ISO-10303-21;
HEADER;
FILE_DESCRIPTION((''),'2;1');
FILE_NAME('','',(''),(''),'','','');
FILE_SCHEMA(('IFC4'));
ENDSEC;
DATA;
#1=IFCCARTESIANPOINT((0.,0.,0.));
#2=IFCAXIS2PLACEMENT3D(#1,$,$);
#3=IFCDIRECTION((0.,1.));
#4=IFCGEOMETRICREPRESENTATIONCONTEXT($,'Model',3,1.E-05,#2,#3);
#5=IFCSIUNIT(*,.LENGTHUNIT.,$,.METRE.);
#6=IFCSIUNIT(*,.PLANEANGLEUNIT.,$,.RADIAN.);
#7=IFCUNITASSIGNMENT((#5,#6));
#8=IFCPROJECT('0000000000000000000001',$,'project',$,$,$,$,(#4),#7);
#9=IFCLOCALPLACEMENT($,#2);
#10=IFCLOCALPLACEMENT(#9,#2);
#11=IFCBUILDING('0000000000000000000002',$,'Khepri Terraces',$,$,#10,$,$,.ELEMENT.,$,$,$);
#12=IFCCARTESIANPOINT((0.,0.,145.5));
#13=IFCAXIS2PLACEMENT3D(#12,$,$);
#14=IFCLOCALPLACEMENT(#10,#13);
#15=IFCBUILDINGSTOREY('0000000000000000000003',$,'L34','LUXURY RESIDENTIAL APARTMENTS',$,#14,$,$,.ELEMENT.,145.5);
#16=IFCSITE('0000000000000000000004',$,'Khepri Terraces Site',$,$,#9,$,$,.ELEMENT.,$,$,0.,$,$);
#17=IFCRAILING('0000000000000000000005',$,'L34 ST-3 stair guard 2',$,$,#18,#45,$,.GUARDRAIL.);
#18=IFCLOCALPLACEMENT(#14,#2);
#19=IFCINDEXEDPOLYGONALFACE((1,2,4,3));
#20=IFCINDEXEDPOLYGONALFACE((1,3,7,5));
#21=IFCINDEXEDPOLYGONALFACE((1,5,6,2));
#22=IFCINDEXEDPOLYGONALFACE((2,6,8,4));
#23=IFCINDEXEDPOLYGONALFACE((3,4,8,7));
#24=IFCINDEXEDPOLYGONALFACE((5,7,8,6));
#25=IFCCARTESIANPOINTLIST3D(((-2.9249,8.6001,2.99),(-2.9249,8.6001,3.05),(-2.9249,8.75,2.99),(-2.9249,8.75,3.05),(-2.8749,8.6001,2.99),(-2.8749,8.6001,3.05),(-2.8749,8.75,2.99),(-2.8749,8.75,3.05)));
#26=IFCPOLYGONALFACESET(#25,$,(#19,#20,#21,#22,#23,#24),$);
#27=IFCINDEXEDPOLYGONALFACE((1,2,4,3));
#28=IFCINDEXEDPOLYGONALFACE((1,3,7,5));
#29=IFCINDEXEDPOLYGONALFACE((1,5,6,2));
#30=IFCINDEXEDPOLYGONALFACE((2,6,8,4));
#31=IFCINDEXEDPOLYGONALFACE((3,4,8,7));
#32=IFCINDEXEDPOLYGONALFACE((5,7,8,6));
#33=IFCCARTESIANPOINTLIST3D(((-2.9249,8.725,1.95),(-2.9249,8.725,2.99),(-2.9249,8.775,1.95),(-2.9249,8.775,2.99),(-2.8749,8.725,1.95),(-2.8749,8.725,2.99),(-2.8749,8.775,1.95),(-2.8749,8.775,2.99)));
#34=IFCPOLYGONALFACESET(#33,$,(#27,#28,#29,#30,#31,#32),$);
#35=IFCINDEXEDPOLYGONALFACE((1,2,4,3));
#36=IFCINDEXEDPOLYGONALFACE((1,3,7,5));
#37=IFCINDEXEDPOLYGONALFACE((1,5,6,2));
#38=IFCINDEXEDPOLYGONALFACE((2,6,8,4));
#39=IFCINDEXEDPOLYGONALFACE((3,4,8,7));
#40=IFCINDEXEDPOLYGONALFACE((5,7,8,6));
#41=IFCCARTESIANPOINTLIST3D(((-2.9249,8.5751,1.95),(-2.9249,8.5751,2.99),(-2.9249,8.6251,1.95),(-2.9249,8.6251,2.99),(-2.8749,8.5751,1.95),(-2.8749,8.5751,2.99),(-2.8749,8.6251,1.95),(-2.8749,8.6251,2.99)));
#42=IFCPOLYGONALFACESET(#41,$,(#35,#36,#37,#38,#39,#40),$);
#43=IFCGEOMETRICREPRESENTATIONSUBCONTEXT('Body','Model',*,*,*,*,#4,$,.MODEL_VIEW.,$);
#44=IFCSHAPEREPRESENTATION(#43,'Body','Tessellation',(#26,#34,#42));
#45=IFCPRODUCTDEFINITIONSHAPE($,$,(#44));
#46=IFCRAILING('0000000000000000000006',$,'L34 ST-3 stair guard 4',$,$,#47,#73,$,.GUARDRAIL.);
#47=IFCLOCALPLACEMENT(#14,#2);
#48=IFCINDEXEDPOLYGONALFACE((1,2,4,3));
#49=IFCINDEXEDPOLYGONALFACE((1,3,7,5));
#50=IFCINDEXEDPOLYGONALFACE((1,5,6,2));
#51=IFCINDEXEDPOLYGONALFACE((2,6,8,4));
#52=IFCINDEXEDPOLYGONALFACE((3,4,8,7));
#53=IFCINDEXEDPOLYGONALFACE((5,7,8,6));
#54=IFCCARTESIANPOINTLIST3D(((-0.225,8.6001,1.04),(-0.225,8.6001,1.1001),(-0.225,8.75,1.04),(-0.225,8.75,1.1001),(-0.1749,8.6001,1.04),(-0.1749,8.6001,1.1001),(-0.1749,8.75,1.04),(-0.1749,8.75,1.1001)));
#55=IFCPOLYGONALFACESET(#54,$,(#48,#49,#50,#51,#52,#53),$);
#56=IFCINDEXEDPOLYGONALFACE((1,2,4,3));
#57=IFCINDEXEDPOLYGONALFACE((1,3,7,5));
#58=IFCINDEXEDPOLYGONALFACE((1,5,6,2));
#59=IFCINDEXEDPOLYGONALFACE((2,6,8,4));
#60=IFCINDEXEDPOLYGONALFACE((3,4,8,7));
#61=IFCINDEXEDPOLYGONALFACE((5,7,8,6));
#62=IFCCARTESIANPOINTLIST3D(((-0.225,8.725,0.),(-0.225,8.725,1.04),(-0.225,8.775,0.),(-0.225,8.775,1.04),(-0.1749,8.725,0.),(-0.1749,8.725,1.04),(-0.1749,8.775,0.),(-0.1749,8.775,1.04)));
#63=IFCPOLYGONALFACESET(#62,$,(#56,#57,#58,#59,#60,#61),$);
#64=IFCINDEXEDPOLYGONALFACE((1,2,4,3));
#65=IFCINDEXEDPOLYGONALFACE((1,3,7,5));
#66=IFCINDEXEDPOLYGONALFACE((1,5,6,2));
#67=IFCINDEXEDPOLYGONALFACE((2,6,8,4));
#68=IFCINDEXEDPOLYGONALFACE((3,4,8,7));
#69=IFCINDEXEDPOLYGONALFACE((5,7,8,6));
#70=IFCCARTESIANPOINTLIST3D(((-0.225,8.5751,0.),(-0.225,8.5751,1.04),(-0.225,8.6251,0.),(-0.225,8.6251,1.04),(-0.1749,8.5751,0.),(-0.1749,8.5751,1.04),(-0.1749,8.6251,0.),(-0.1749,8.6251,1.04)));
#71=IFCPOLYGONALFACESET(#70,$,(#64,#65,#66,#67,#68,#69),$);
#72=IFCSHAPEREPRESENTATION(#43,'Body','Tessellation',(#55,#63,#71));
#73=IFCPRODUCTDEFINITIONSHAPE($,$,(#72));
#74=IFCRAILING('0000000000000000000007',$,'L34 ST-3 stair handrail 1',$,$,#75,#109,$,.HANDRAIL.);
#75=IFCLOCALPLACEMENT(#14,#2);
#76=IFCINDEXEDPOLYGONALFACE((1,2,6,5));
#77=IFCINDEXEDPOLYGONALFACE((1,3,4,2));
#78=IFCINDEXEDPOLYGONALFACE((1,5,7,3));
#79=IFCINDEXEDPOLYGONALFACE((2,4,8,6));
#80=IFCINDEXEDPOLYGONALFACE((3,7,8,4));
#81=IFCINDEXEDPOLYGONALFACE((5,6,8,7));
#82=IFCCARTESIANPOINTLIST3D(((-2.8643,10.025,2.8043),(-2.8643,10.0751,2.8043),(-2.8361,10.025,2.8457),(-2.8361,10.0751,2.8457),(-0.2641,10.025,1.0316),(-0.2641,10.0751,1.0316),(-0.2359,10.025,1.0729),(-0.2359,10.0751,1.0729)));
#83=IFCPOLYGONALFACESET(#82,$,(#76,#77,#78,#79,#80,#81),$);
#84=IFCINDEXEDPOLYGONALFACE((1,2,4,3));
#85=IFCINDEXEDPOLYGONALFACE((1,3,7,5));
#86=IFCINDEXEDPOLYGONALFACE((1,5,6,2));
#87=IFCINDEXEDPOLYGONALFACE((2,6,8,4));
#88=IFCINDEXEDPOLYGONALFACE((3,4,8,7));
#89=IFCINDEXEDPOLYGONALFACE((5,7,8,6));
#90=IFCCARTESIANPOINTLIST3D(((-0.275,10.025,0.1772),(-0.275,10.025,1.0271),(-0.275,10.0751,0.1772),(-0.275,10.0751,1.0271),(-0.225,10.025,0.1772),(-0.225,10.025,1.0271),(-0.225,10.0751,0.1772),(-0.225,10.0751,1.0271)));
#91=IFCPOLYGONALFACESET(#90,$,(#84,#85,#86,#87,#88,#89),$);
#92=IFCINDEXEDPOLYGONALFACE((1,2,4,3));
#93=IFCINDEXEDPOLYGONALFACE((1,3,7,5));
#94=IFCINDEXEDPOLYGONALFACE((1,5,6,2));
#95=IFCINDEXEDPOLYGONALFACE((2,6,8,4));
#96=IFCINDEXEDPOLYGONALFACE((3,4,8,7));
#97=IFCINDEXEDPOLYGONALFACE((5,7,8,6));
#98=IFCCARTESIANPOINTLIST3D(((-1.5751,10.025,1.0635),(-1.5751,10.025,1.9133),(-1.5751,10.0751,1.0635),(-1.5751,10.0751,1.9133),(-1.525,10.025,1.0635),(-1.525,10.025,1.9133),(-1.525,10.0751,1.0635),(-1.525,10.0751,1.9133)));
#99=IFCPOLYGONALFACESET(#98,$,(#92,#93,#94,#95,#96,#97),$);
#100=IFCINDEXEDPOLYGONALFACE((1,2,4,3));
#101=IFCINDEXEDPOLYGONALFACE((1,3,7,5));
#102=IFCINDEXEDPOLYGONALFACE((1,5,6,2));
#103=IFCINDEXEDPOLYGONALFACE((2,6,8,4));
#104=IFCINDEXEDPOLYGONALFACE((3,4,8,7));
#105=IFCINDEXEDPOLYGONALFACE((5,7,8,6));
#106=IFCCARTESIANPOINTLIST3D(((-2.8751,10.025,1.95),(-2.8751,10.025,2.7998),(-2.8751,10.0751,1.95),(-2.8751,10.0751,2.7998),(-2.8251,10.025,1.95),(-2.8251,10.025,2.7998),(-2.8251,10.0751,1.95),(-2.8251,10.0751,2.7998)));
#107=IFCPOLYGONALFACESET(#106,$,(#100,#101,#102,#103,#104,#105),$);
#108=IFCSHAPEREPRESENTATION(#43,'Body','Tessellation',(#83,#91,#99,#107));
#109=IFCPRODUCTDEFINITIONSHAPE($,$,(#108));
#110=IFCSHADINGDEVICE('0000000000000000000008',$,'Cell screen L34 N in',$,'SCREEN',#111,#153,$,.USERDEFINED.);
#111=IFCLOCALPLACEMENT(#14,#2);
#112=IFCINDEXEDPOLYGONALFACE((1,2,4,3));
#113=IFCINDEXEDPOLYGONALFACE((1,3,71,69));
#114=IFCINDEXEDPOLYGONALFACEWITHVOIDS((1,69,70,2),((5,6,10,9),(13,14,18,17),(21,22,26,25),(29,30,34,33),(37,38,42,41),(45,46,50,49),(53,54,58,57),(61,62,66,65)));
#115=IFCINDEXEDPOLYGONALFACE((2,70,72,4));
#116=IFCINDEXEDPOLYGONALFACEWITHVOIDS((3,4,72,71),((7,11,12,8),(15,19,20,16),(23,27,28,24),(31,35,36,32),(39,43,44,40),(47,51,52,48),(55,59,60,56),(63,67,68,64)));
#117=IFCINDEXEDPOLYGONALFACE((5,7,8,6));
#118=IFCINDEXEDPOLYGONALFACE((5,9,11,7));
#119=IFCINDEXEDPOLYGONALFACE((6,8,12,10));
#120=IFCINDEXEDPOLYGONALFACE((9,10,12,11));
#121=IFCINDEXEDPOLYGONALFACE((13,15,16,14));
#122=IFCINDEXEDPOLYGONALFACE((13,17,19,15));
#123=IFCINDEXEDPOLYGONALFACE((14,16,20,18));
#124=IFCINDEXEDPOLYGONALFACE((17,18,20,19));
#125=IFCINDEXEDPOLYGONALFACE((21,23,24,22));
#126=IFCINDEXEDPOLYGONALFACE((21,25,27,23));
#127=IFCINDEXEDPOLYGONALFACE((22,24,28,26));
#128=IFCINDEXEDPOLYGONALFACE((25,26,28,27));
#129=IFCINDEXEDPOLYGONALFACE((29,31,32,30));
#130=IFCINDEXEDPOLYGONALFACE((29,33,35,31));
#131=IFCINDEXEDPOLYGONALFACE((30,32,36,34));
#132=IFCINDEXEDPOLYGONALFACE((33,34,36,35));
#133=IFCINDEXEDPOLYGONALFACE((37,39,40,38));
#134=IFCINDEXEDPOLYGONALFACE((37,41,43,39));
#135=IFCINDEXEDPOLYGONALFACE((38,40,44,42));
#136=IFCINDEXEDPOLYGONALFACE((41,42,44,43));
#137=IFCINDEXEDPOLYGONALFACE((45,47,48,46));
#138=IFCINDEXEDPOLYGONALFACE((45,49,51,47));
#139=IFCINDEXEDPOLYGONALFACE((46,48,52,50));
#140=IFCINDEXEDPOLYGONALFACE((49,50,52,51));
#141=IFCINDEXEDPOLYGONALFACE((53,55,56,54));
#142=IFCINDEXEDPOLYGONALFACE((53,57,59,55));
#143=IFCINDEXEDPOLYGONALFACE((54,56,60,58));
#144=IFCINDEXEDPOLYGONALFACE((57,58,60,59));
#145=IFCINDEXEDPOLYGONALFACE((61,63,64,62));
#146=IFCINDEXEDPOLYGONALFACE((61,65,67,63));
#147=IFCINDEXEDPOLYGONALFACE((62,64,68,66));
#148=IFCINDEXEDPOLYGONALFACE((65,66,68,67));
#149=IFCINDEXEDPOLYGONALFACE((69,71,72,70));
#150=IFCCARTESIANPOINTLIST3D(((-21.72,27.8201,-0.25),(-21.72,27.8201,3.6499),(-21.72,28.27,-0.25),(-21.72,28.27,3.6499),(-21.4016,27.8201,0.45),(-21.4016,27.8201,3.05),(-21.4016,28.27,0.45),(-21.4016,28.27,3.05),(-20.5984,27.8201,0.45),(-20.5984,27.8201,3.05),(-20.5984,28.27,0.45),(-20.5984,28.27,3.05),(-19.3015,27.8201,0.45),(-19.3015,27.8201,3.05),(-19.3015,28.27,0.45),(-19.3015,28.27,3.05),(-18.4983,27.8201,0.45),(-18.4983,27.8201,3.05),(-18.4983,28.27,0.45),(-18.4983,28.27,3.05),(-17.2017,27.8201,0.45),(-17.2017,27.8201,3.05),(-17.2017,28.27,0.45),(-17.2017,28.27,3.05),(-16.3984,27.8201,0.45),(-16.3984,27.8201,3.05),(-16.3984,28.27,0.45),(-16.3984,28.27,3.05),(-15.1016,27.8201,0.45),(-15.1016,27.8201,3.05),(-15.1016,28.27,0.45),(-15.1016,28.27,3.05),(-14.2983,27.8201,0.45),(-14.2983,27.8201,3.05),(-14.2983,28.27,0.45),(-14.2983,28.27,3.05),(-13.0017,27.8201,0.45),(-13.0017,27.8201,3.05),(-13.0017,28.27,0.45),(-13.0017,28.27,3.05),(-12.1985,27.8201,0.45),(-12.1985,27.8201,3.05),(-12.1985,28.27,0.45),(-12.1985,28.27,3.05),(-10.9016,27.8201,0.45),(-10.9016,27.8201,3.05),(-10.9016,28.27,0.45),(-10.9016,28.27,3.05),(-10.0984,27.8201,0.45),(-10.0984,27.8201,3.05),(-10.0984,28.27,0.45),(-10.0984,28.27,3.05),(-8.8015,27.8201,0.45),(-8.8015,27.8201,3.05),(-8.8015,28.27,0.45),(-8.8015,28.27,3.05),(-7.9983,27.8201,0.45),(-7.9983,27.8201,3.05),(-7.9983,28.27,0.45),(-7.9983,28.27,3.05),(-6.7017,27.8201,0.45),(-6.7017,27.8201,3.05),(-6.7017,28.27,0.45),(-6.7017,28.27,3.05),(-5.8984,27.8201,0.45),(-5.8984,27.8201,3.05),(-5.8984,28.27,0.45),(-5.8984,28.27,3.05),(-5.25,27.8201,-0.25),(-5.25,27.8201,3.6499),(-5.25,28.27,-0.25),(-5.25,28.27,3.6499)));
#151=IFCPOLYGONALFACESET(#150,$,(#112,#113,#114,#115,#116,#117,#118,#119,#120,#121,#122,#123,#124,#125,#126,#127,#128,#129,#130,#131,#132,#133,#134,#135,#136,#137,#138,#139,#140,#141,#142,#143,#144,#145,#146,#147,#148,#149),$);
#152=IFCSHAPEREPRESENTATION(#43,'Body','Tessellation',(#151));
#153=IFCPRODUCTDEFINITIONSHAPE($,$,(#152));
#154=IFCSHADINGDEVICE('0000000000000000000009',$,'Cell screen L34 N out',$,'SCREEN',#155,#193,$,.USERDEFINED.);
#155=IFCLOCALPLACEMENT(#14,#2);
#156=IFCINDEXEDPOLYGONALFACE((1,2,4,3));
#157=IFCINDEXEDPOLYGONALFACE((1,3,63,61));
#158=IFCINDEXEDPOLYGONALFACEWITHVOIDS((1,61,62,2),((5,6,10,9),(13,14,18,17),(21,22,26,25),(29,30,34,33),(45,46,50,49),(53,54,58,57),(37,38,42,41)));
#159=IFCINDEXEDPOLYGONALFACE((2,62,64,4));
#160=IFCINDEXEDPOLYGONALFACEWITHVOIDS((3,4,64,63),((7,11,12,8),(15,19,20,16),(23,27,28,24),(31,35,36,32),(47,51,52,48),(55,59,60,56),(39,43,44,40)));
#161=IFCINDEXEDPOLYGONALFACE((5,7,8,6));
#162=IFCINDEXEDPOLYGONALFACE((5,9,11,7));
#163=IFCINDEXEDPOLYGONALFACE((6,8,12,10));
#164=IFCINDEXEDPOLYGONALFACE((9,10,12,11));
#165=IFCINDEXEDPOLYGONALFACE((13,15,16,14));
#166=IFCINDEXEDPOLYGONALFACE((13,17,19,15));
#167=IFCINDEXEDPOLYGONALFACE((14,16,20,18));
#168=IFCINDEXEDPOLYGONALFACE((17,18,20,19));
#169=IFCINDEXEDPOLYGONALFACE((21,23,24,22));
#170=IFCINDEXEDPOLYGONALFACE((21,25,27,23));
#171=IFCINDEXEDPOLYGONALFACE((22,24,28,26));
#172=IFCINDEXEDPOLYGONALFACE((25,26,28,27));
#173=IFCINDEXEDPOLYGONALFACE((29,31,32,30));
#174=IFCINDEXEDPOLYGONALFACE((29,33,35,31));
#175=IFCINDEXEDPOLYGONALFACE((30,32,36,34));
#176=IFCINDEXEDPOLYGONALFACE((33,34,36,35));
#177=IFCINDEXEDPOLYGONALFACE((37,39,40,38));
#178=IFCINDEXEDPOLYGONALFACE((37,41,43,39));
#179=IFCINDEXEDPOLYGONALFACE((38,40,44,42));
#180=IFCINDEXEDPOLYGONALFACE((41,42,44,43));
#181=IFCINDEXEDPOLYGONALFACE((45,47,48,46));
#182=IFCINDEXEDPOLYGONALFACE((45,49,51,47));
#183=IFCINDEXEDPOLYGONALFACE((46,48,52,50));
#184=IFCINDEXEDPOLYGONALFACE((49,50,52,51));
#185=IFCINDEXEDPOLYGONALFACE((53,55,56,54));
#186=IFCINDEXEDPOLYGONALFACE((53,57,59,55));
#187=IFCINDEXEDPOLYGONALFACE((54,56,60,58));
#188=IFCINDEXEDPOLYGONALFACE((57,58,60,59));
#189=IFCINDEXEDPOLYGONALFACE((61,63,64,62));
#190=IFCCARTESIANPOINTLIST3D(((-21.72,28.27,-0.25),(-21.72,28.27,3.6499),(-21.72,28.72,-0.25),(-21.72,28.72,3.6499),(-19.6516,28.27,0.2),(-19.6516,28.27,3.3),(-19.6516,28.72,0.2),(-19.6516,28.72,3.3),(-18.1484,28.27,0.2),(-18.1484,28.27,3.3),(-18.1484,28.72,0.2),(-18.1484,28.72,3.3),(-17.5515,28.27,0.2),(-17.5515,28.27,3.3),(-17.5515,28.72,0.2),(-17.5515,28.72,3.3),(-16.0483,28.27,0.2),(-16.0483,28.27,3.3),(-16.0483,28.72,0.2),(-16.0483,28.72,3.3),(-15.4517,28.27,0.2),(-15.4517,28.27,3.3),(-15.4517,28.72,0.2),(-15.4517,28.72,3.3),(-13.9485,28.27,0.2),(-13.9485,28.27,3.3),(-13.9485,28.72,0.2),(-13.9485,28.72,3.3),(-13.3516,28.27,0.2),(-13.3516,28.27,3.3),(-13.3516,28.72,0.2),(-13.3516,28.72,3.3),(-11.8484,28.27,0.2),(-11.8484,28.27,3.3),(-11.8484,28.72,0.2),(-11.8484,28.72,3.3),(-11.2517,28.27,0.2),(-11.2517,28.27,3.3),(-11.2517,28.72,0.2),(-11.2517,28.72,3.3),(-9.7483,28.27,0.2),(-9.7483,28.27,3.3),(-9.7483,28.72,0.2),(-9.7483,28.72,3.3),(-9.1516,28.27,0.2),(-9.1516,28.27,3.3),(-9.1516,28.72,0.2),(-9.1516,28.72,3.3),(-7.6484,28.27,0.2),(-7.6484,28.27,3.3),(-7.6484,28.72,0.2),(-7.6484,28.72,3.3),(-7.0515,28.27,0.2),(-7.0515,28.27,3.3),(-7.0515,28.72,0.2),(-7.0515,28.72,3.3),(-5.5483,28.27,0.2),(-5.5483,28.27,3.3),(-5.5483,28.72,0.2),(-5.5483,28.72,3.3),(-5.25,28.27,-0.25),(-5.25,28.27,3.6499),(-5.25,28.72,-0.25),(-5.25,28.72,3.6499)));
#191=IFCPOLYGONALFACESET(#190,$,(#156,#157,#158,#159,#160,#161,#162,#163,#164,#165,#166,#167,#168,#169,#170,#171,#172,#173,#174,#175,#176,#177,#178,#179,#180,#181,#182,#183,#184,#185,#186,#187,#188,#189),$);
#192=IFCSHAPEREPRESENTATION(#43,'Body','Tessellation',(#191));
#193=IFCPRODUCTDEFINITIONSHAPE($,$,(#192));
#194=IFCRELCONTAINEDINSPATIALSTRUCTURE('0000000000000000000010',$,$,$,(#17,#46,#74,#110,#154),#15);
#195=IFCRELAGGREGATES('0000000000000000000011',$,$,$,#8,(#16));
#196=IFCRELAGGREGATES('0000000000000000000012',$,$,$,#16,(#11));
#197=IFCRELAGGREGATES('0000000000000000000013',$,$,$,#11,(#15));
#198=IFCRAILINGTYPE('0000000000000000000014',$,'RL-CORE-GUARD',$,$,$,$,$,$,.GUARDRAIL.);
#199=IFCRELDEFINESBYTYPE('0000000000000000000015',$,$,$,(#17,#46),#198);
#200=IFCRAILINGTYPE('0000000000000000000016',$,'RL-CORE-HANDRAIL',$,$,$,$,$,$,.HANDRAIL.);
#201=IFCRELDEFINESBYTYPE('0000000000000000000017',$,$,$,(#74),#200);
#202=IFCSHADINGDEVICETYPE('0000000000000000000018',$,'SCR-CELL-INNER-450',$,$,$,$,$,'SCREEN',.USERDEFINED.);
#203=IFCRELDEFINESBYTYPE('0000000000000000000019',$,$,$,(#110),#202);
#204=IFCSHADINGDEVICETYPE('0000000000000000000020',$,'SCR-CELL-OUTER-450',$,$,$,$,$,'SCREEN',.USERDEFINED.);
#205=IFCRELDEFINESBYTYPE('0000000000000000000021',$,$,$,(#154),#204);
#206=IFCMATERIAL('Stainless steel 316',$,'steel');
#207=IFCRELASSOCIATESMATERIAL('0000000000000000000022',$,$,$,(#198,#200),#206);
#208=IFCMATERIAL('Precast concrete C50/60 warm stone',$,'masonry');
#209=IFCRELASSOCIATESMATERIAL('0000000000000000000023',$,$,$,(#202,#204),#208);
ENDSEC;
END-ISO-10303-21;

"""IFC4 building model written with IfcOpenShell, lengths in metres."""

from ifc_helpers import new_model, si_unit, direction, frame, origin, origin_2d, place, context, subcontext, project, spatial, polyline, rectangle, outline, extrude, material, type_object, element, save


model = new_model("IFC4")

# Units and contexts
model_context = context("Model", 3, precision=1e-05, world=origin(), true_north=direction((0.0, 1.0)))
body_context = subcontext(model_context, "Body", "Model", "MODEL_VIEW")
ifc_project = project(units=[si_unit("LENGTHUNIT", "METRE"), si_unit("PLANEANGLEUNIT", "RADIAN")], contexts=[model_context])

# Site, building, storey
site_placement = place(None, origin())
site = spatial("IfcSite", under=ifc_project, at=site_placement, Name="Khepri Terraces Site", CompositionType="ELEMENT", RefElevation=0.0)
building_placement = place(site_placement, origin())
building = spatial("IfcBuilding", under=site, at=building_placement, Name="Khepri Terraces", CompositionType="ELEMENT")
storey_placement = place(building_placement, frame((0.0, 0.0, 145.5)))
storey = spatial("IfcBuildingStorey", under=building, at=storey_placement, Name="L34", Description="LUXURY RESIDENTIAL APARTMENTS", CompositionType="ELEMENT", Elevation=145.5)

# Shared definitions
ifc_material_1 = material(Name="Precast concrete C50/60 warm stone", Category="masonry")

# Railings
ifc_material_2 = material(Name="Stainless steel 316", Category="steel")
railing_type_1 = type_object("IfcRailingType", Name="RL-CORE-GUARD", PredefinedType="GUARDRAIL", material=ifc_material_2)
for number, where, name in (
    (1, (-2.8999, 8.75, 1.95), "L34 ST-3 stair guard 2"),
    (2, (-0.2, 8.75, 0.0), "L34 ST-3 stair guard 4"),
):
    element("IfcRailing", number, at=place(storey_placement, frame(where)), inside=storey, type_object=railing_type_1, Name=name, PredefinedType="GUARDRAIL", context=body_context, shape_type="SweptSolid", body=[
        extrude(rectangle(XDim=0.05, YDim=0.0601, at=origin_2d()), frame((0.0, 0.0, 1.0701), z_axis=(0.0, -1.0, 0.0), x_axis=(1.0, 0.0, 0.0)), (0.0, 0.0, 1.0), 0.1499),
        extrude(rectangle(XDim=0.05, YDim=0.05, at=origin_2d()), origin(), (0.0, 0.0, 1.0), 1.04),
        extrude(rectangle(XDim=0.05, YDim=0.05, at=origin_2d()), frame((0.0, -0.1499, 0.0)), (0.0, 0.0, 1.0), 1.04),
    ])
railing_type_2 = type_object("IfcRailingType", Name="RL-CORE-HANDRAIL", PredefinedType="HANDRAIL", material=ifc_material_2)
railing_1_placement = place(storey_placement, frame((-0.25, 10.05, 0.1772)))
element("IfcRailing", 3, at=railing_1_placement, inside=storey, type_object=railing_type_2, Name="L34 ST-3 stair handrail 1", PredefinedType="HANDRAIL", context=body_context, shape_type="SweptSolid", body=[
    extrude(rectangle(XDim=0.05, YDim=0.05, at=origin_2d()), frame((0.0, 0.0, 0.875), z_axis=(-0.82624, 0.0, 0.563318), x_axis=(0.0, -1.0, 0.0)), (0.0, 0.0, 1.0), 3.147),
    extrude(rectangle(XDim=0.05, YDim=0.05, at=origin_2d()), origin(), (0.0, 0.0, 1.0), 0.8499),
    extrude(rectangle(XDim=0.05, YDim=0.05, at=origin_2d()), frame((-1.3, 0.0, 0.8862)), (0.0, 0.0, 1.0), 0.8499),
    extrude(rectangle(XDim=0.05, YDim=0.05, at=origin_2d()), frame((-2.6001, 0.0, 1.7727)), (0.0, 0.0, 1.0), 0.8499),
])

# Shading devices
shading_device_type_1 = type_object("IfcShadingDeviceType", Name="SCR-CELL-INNER-450", ElementType="SCREEN", PredefinedType="USERDEFINED", material=ifc_material_1)
shading_device_1_placement = place(storey_placement, frame((-5.25, 27.8201, -0.25), z_axis=(0.0, 1.0, 0.0), x_axis=(-1.0, 0.0, 0.0)))
element("IfcShadingDevice", 4, at=shading_device_1_placement, inside=storey, type_object=shading_device_type_1, Name="Cell screen L34 N in", ObjectType="SCREEN", PredefinedType="USERDEFINED", context=body_context, shape_type="SweptSolid", body=[
    extrude(outline(polyline([(0.0, 0.0), (16.47, 0.0), (16.47, 3.8999), (0.0, 3.8999), (0.0, 0.0)]), holes=[polyline([(0.6484, 0.7), (1.4517, 0.7), (1.4517, 3.3), (0.6484, 3.3), (0.6484, 0.7)]), polyline([(2.7483, 0.7), (3.5515, 0.7), (3.5515, 3.3), (2.7483, 3.3), (2.7483, 0.7)]), polyline([(4.8484, 0.7), (5.6516, 0.7), (5.6516, 3.3), (4.8484, 3.3), (4.8484, 0.7)]), polyline([(6.9485, 0.7), (7.7517, 0.7), (7.7517, 3.3), (6.9485, 3.3), (6.9485, 0.7)]), polyline([(9.0483, 0.7), (9.8516, 0.7), (9.8516, 3.3), (9.0483, 3.3), (9.0483, 0.7)]), polyline([(11.1484, 0.7), (11.9517, 0.7), (11.9517, 3.3), (11.1484, 3.3), (11.1484, 0.7)]), polyline([(13.2483, 0.7), (14.0515, 0.7), (14.0515, 3.3), (13.2483, 3.3), (13.2483, 0.7)]), polyline([(15.3484, 0.7), (16.1516, 0.7), (16.1516, 3.3), (15.3484, 3.3), (15.3484, 0.7)])]), origin(), (0.0, 0.0, 1.0), 0.45),
])
shading_device_type_2 = type_object("IfcShadingDeviceType", Name="SCR-CELL-OUTER-450", ElementType="SCREEN", PredefinedType="USERDEFINED", material=ifc_material_1)
shading_device_2_placement = place(storey_placement, frame((-5.25, 28.27, -0.25), z_axis=(0.0, 1.0, 0.0), x_axis=(-1.0, 0.0, 0.0)))
element("IfcShadingDevice", 5, at=shading_device_2_placement, inside=storey, type_object=shading_device_type_2, Name="Cell screen L34 N out", ObjectType="SCREEN", PredefinedType="USERDEFINED", context=body_context, shape_type="SweptSolid", body=[
    extrude(outline(polyline([(0.0, 0.0), (16.47, 0.0), (16.47, 3.8999), (0.0, 3.8999), (0.0, 0.0)]), holes=[polyline([(0.2983, 0.45), (1.8015, 0.45), (1.8015, 3.55), (0.2983, 3.55), (0.2983, 0.45)]), polyline([(2.3984, 0.45), (3.9016, 0.45), (3.9016, 3.55), (2.3984, 3.55), (2.3984, 0.45)]), polyline([(4.4983, 0.45), (6.0017, 0.45), (6.0017, 3.55), (4.4983, 3.55), (4.4983, 0.45)]), polyline([(6.5984, 0.45), (8.1016, 0.45), (8.1016, 3.55), (6.5984, 3.55), (6.5984, 0.45)]), polyline([(8.6985, 0.45), (10.2017, 0.45), (10.2017, 3.55), (8.6985, 3.55), (8.6985, 0.45)]), polyline([(10.7983, 0.45), (12.3015, 0.45), (12.3015, 3.55), (10.7983, 3.55), (10.7983, 0.45)]), polyline([(12.8984, 0.45), (14.4016, 0.45), (14.4016, 3.55), (12.8984, 3.55), (12.8984, 0.45)])]), origin(), (0.0, 0.0, 1.0), 0.45),
])

save(model, "model.ifc")
